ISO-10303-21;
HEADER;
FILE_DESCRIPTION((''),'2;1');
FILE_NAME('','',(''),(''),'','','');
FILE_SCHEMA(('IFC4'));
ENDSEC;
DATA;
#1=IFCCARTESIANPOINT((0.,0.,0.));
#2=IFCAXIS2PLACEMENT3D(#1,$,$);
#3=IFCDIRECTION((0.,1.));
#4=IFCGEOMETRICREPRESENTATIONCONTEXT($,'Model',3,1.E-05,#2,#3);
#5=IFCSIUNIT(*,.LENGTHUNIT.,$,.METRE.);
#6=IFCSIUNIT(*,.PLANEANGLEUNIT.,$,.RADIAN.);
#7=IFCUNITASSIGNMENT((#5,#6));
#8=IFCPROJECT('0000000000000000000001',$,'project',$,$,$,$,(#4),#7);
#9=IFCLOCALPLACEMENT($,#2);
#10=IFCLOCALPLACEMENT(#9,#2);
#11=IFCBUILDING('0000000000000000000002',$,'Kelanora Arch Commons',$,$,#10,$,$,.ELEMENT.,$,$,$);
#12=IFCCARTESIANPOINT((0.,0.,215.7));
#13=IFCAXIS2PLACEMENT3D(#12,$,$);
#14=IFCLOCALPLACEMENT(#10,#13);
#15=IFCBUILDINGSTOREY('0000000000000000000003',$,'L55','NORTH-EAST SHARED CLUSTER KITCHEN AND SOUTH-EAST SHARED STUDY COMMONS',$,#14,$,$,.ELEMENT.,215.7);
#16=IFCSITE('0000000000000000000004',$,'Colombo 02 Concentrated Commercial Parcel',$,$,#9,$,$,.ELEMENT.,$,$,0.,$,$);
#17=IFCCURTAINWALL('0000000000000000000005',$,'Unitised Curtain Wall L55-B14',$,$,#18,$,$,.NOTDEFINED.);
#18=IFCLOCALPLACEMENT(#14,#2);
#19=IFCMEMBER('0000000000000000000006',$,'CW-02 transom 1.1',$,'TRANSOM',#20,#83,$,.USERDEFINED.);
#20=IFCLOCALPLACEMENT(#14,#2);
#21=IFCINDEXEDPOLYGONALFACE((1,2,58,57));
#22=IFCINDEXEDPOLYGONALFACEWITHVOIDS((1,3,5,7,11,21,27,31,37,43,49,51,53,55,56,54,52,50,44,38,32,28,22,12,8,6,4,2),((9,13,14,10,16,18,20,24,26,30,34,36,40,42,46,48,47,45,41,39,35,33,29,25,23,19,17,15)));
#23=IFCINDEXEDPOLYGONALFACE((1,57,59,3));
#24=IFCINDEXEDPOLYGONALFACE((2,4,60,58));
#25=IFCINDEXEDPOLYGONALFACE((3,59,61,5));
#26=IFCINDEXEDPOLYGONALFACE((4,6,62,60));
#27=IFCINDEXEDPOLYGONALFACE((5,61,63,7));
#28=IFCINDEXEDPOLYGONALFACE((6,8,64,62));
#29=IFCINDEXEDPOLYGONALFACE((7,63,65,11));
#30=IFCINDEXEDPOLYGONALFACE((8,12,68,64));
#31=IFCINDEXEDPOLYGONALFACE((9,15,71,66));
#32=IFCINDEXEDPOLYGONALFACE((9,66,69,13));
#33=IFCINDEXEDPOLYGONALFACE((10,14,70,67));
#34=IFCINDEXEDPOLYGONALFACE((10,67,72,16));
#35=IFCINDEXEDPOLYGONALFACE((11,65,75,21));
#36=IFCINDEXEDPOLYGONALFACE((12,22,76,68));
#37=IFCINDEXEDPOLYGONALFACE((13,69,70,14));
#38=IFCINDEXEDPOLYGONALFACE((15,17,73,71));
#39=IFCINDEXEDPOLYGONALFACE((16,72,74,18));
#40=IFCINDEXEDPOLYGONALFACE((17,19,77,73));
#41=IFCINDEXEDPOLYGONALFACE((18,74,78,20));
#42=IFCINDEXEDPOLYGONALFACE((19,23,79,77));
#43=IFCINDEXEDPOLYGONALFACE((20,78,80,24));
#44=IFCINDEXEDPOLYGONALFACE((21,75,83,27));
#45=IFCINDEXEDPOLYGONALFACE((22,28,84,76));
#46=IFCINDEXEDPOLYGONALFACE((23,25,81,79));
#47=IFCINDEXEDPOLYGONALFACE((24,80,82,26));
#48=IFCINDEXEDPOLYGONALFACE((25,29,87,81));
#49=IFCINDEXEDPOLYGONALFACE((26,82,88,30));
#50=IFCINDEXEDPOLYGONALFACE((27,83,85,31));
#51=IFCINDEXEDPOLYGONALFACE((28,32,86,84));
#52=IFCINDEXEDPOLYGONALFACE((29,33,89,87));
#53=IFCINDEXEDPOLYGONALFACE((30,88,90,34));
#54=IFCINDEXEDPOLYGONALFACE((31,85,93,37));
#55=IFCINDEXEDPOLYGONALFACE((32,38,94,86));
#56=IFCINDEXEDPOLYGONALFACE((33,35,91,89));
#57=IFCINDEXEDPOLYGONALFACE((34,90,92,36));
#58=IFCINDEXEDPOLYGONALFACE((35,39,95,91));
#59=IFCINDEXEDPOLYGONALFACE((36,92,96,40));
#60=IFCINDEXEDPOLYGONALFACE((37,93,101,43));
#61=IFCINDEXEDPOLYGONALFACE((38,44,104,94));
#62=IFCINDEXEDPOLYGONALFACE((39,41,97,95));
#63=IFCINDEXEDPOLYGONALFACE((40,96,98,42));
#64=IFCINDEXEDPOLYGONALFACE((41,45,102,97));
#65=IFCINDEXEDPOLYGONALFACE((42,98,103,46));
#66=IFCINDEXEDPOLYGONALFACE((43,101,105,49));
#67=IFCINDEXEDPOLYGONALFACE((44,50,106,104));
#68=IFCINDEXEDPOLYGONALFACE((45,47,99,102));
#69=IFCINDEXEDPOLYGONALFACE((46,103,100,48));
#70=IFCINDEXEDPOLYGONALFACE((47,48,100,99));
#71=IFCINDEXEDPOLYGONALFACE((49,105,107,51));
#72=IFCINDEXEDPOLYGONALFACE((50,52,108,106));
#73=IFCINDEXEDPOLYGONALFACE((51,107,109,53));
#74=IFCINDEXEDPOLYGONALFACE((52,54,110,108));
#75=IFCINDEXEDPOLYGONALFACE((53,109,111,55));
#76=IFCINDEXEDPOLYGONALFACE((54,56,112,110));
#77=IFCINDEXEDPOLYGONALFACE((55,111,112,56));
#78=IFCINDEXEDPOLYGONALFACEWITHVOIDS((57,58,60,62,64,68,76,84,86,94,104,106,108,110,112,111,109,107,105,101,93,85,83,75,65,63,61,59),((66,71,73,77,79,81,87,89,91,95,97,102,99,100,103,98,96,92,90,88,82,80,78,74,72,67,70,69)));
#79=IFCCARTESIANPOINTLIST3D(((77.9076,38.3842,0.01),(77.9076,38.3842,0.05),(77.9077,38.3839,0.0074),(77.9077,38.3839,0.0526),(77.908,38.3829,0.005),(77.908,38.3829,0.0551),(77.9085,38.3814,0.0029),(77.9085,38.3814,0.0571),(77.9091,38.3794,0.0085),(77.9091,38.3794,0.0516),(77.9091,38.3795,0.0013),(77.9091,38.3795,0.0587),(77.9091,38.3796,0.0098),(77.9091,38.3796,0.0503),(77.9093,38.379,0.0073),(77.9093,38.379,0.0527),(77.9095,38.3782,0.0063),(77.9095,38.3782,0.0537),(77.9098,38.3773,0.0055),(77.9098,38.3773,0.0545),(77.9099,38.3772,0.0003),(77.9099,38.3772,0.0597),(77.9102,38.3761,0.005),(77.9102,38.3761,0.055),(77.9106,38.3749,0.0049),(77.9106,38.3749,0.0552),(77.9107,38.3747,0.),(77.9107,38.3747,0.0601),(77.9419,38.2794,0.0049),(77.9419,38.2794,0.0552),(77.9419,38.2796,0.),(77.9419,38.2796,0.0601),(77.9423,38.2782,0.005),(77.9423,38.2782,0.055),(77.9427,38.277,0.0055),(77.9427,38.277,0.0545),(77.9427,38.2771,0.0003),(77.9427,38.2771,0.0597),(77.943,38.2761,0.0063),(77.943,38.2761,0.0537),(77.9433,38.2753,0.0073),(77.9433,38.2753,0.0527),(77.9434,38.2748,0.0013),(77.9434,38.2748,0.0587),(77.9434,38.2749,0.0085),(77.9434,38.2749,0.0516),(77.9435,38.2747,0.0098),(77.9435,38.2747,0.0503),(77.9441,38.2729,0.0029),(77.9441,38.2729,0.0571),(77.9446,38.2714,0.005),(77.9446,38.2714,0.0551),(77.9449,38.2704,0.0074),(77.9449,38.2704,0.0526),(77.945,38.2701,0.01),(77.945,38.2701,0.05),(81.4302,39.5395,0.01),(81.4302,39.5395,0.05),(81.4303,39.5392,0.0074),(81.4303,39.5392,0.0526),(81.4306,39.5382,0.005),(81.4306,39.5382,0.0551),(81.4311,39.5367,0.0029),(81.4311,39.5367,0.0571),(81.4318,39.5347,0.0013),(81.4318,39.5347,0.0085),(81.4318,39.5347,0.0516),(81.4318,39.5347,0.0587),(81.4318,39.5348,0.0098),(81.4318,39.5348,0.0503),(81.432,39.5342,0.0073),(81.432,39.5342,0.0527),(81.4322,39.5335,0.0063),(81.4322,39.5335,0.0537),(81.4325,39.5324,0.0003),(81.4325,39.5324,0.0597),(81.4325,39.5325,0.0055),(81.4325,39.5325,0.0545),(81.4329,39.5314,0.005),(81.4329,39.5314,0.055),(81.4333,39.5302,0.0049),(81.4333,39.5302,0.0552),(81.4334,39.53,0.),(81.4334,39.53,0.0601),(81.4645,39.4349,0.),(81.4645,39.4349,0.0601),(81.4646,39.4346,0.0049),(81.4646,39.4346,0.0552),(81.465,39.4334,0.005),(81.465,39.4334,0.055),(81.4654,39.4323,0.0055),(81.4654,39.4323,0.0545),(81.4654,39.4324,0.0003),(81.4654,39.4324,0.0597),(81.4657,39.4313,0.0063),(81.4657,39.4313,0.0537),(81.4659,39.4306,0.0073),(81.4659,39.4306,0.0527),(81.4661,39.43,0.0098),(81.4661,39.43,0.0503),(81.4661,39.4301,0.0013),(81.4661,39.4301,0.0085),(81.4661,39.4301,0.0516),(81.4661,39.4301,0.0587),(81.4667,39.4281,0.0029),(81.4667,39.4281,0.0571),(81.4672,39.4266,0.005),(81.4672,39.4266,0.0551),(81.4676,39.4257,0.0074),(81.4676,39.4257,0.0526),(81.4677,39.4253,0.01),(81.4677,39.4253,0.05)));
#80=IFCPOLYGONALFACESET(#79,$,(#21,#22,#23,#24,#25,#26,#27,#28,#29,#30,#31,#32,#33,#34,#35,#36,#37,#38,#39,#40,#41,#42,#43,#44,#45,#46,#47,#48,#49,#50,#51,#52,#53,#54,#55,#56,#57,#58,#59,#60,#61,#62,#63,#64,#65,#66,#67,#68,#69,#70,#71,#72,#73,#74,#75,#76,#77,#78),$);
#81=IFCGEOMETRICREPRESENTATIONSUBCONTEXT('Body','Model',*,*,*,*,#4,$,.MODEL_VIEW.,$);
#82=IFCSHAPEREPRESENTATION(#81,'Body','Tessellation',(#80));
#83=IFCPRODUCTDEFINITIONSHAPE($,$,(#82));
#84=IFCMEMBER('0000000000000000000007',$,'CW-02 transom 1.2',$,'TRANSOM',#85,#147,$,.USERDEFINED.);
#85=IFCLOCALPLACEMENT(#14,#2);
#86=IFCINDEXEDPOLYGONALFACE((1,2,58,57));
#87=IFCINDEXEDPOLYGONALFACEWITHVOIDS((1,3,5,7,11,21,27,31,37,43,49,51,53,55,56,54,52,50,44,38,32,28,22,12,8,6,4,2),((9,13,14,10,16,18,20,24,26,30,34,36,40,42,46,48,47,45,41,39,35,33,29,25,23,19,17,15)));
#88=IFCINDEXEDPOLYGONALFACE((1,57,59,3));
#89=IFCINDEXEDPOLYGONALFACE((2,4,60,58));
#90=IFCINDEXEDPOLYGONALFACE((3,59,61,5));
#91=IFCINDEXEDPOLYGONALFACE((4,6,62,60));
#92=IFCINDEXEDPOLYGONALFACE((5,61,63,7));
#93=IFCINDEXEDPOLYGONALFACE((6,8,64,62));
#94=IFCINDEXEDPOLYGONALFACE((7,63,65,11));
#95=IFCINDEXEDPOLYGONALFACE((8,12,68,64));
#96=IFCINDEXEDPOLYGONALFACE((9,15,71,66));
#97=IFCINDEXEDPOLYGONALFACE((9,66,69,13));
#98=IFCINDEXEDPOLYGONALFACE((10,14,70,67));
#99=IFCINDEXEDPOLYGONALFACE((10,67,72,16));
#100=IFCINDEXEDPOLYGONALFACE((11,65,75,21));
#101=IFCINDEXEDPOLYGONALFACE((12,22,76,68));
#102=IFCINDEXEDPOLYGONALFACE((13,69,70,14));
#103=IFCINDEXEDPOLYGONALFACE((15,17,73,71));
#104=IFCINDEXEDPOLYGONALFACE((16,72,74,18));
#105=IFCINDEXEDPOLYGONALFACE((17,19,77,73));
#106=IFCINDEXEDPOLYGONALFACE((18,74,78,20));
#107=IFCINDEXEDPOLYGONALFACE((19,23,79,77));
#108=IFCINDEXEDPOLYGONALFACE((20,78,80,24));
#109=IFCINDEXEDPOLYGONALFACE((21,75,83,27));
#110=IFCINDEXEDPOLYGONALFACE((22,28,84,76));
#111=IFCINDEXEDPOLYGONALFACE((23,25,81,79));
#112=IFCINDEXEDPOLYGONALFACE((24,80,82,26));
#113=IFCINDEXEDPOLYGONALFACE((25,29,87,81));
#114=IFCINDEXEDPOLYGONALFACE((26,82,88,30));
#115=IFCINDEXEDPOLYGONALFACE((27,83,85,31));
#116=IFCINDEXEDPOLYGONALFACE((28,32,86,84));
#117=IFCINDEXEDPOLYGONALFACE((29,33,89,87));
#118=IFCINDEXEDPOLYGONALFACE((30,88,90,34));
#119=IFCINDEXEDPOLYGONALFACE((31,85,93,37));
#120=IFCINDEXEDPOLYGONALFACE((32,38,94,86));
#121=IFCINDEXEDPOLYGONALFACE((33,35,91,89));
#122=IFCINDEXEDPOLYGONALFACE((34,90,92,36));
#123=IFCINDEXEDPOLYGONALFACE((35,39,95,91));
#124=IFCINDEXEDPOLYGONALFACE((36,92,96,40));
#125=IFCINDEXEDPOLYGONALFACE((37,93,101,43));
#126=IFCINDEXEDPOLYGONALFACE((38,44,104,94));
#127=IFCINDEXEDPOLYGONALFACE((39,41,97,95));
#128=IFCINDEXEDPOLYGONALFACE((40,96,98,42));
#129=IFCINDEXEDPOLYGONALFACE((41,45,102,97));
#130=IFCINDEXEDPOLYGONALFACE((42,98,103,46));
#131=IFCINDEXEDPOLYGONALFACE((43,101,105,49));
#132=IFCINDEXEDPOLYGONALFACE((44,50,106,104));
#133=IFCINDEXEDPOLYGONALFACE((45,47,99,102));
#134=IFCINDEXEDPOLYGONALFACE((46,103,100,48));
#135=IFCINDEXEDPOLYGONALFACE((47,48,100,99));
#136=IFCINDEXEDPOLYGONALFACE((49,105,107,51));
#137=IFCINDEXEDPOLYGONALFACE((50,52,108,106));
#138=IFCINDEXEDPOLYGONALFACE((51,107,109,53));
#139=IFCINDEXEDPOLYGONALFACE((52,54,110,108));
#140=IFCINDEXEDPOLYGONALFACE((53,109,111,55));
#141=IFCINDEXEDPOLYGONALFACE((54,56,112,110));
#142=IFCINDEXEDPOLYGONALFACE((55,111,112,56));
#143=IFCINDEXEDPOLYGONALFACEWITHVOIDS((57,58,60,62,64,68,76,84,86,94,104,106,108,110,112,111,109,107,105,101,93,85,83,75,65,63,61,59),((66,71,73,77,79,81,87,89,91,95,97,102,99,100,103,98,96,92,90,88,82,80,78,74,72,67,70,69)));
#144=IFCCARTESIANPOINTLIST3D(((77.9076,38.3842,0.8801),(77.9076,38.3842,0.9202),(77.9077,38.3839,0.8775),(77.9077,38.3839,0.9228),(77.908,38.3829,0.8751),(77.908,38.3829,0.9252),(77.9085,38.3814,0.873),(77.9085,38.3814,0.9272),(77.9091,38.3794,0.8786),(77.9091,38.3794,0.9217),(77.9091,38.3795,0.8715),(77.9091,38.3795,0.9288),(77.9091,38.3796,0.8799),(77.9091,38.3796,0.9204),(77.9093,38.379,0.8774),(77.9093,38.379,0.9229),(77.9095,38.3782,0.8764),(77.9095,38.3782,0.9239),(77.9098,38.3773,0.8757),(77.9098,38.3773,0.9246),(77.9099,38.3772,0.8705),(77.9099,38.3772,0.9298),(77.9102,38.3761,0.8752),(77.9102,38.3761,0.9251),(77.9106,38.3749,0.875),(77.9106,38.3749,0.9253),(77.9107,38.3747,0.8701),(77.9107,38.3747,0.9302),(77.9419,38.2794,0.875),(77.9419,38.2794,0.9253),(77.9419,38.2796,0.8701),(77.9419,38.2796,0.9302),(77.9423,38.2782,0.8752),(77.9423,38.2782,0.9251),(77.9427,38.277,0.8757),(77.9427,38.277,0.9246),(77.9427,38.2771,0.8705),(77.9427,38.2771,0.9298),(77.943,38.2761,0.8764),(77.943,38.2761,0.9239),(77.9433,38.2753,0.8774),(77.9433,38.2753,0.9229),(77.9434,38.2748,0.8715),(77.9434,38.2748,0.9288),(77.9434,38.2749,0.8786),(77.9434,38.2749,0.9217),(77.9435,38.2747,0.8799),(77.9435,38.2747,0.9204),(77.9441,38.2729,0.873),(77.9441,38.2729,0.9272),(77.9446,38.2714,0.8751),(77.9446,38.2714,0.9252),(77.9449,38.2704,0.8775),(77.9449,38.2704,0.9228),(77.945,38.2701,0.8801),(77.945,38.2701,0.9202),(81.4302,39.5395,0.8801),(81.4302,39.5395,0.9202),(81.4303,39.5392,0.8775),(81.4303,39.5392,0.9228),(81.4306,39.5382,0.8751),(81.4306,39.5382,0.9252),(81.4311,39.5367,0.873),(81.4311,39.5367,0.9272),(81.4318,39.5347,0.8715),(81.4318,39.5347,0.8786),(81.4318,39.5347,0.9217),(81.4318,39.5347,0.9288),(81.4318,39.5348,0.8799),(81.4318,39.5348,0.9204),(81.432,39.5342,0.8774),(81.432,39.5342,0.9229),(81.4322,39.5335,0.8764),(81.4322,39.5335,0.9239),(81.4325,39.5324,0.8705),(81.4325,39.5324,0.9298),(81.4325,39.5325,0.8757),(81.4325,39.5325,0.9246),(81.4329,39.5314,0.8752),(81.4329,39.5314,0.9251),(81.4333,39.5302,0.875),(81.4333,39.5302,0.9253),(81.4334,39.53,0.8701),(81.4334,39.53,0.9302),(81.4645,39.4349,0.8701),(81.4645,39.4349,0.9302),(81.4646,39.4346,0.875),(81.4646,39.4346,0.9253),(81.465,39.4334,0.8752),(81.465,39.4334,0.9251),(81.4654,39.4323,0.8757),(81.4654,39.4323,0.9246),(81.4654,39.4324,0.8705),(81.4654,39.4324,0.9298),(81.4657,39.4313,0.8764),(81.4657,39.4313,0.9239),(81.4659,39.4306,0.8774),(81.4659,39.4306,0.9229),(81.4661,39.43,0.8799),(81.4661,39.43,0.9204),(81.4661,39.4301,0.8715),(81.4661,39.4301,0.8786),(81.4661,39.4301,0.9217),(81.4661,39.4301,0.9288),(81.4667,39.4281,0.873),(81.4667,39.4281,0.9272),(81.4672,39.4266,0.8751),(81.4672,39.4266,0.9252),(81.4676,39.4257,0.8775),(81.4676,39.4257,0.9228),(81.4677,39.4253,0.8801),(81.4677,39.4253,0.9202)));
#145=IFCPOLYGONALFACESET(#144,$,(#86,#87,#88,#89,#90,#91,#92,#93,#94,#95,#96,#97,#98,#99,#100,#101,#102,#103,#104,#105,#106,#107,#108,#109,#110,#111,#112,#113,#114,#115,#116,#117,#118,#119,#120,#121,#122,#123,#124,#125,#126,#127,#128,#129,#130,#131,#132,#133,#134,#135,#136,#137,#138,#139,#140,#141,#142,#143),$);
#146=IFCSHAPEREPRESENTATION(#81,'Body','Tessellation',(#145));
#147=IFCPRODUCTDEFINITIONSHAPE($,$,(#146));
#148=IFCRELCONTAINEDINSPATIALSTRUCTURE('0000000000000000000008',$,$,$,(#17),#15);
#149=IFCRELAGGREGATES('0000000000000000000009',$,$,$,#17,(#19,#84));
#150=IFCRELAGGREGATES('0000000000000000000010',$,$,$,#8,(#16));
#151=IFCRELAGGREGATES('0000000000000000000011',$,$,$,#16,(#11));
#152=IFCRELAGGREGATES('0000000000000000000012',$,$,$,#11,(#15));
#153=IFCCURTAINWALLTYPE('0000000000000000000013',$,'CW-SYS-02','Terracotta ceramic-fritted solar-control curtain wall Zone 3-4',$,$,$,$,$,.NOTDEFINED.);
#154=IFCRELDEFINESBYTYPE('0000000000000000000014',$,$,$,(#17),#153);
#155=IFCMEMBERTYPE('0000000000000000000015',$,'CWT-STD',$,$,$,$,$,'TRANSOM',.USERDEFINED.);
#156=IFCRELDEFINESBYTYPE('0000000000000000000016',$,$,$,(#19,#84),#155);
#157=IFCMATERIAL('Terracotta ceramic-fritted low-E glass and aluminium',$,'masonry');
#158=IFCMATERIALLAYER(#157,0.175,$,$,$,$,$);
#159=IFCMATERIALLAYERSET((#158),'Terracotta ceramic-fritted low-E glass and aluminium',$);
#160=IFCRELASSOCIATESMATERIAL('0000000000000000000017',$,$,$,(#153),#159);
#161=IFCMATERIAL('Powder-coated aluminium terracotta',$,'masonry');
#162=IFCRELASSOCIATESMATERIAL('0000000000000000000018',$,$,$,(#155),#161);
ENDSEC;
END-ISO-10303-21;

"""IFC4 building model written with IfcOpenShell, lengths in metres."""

from ifc_helpers import new_model, si_unit, direction, frame, origin, origin_2d, place, context, subcontext, project, spatial, hollow_rectangle, extrude, material, layer, layer_set, material_profile, profile_set, type_object, element, aggregate, save


model = new_model("IFC4")

# Units and contexts
model_context = context("Model", 3, precision=1e-05, world=origin(), true_north=direction((0.0, 1.0)))
body_context = subcontext(model_context, "Body", "Model", "MODEL_VIEW")
ifc_project = project(units=[si_unit("LENGTHUNIT", "METRE"), si_unit("PLANEANGLEUNIT", "RADIAN")], contexts=[model_context])

# Site, building, storey
site_placement = place(None, origin())
site = spatial("IfcSite", under=ifc_project, at=site_placement, Name="Colombo 02 Concentrated Commercial Parcel", CompositionType="ELEMENT", RefElevation=0.0)
building_placement = place(site_placement, origin())
building = spatial("IfcBuilding", under=site, at=building_placement, Name="Kelanora Arch Commons", CompositionType="ELEMENT")
storey_placement = place(building_placement, frame((0.0, 0.0, 215.7)))
storey = spatial("IfcBuildingStorey", under=building, at=storey_placement, Name="L55", Description="NORTH-EAST SHARED CLUSTER KITCHEN AND SOUTH-EAST SHARED STUDY COMMONS", CompositionType="ELEMENT", Elevation=215.7)

# Curtain wall, members
ifc_material_1 = material(Name="Terracotta ceramic-fritted low-E glass and aluminium", Category="masonry")
ifc_layer_1 = layer(ifc_material_1, 0.175)
ifc_layer_set_1 = layer_set([ifc_layer_1], Name="Terracotta ceramic-fritted low-E glass and aluminium")
curtain_wall_type = type_object("IfcCurtainWallType", Name="CW-SYS-02", Description="Terracotta ceramic-fritted solar-control curtain wall Zone 3-4", PredefinedType="NOTDEFINED", material=ifc_layer_set_1)
curtain_wall_placement = place(storey_placement, origin())
curtain_wall = element("IfcCurtainWall", 1, at=curtain_wall_placement, inside=storey, type_object=curtain_wall_type, Name="Unitised Curtain Wall L55-B14", PredefinedType="NOTDEFINED")
ifc_material_2 = material(Name="Powder-coated aluminium terracotta", Category="masonry")
ifc_material_profile_1 = material_profile(ifc_material_2, hollow_rectangle(XDim=0.1201, YDim=0.0601, WallThickness=0.0049, InnerFilletRadius=0.0049, OuterFilletRadius=0.01, at=origin_2d()), Name="CWT120x60")
ifc_profile_set_1 = profile_set([ifc_material_profile_1], Name="Powder-coated aluminium terracotta")
member_type_1 = type_object("IfcMemberType", Name="CWT-STD", ElementType="TRANSOM", PredefinedType="USERDEFINED", material=ifc_profile_set_1)
member_1_placement = place(storey_placement, frame((77.9263, 38.3271, 0.03), z_axis=(0.950207, 0.311621, 0.0), x_axis=(-0.311621, 0.950207, 0.0)))
member_1 = element("IfcMember", 2, at=member_1_placement, type_object=member_type_1, Name="CW-02 transom 1.1", ObjectType="TRANSOM", PredefinedType="USERDEFINED", context=body_context, shape_type="SweptSolid", body=[
    extrude(hollow_rectangle(XDim=0.1201, YDim=0.0601, WallThickness=0.0049, InnerFilletRadius=0.0049, OuterFilletRadius=0.01, at=origin_2d()), origin(), (0.0, 0.0, 1.0), 3.7073),
])
member_2_placement = place(storey_placement, frame((77.9263, 38.3271, 0.9001), z_axis=(0.950207, 0.311621, 0.0), x_axis=(-0.311621, 0.950207, 0.0)))
member_2 = element("IfcMember", 3, at=member_2_placement, type_object=member_type_1, Name="CW-02 transom 1.2", ObjectType="TRANSOM", PredefinedType="USERDEFINED", context=body_context, shape_type="SweptSolid", body=[
    extrude(hollow_rectangle(XDim=0.1201, YDim=0.0601, WallThickness=0.0049, InnerFilletRadius=0.0049, OuterFilletRadius=0.01, at=origin_2d()), origin(), (0.0, 0.0, 1.0), 3.7073),
])
aggregate(curtain_wall, [member_1, member_2])

save(model, "model.ifc")
